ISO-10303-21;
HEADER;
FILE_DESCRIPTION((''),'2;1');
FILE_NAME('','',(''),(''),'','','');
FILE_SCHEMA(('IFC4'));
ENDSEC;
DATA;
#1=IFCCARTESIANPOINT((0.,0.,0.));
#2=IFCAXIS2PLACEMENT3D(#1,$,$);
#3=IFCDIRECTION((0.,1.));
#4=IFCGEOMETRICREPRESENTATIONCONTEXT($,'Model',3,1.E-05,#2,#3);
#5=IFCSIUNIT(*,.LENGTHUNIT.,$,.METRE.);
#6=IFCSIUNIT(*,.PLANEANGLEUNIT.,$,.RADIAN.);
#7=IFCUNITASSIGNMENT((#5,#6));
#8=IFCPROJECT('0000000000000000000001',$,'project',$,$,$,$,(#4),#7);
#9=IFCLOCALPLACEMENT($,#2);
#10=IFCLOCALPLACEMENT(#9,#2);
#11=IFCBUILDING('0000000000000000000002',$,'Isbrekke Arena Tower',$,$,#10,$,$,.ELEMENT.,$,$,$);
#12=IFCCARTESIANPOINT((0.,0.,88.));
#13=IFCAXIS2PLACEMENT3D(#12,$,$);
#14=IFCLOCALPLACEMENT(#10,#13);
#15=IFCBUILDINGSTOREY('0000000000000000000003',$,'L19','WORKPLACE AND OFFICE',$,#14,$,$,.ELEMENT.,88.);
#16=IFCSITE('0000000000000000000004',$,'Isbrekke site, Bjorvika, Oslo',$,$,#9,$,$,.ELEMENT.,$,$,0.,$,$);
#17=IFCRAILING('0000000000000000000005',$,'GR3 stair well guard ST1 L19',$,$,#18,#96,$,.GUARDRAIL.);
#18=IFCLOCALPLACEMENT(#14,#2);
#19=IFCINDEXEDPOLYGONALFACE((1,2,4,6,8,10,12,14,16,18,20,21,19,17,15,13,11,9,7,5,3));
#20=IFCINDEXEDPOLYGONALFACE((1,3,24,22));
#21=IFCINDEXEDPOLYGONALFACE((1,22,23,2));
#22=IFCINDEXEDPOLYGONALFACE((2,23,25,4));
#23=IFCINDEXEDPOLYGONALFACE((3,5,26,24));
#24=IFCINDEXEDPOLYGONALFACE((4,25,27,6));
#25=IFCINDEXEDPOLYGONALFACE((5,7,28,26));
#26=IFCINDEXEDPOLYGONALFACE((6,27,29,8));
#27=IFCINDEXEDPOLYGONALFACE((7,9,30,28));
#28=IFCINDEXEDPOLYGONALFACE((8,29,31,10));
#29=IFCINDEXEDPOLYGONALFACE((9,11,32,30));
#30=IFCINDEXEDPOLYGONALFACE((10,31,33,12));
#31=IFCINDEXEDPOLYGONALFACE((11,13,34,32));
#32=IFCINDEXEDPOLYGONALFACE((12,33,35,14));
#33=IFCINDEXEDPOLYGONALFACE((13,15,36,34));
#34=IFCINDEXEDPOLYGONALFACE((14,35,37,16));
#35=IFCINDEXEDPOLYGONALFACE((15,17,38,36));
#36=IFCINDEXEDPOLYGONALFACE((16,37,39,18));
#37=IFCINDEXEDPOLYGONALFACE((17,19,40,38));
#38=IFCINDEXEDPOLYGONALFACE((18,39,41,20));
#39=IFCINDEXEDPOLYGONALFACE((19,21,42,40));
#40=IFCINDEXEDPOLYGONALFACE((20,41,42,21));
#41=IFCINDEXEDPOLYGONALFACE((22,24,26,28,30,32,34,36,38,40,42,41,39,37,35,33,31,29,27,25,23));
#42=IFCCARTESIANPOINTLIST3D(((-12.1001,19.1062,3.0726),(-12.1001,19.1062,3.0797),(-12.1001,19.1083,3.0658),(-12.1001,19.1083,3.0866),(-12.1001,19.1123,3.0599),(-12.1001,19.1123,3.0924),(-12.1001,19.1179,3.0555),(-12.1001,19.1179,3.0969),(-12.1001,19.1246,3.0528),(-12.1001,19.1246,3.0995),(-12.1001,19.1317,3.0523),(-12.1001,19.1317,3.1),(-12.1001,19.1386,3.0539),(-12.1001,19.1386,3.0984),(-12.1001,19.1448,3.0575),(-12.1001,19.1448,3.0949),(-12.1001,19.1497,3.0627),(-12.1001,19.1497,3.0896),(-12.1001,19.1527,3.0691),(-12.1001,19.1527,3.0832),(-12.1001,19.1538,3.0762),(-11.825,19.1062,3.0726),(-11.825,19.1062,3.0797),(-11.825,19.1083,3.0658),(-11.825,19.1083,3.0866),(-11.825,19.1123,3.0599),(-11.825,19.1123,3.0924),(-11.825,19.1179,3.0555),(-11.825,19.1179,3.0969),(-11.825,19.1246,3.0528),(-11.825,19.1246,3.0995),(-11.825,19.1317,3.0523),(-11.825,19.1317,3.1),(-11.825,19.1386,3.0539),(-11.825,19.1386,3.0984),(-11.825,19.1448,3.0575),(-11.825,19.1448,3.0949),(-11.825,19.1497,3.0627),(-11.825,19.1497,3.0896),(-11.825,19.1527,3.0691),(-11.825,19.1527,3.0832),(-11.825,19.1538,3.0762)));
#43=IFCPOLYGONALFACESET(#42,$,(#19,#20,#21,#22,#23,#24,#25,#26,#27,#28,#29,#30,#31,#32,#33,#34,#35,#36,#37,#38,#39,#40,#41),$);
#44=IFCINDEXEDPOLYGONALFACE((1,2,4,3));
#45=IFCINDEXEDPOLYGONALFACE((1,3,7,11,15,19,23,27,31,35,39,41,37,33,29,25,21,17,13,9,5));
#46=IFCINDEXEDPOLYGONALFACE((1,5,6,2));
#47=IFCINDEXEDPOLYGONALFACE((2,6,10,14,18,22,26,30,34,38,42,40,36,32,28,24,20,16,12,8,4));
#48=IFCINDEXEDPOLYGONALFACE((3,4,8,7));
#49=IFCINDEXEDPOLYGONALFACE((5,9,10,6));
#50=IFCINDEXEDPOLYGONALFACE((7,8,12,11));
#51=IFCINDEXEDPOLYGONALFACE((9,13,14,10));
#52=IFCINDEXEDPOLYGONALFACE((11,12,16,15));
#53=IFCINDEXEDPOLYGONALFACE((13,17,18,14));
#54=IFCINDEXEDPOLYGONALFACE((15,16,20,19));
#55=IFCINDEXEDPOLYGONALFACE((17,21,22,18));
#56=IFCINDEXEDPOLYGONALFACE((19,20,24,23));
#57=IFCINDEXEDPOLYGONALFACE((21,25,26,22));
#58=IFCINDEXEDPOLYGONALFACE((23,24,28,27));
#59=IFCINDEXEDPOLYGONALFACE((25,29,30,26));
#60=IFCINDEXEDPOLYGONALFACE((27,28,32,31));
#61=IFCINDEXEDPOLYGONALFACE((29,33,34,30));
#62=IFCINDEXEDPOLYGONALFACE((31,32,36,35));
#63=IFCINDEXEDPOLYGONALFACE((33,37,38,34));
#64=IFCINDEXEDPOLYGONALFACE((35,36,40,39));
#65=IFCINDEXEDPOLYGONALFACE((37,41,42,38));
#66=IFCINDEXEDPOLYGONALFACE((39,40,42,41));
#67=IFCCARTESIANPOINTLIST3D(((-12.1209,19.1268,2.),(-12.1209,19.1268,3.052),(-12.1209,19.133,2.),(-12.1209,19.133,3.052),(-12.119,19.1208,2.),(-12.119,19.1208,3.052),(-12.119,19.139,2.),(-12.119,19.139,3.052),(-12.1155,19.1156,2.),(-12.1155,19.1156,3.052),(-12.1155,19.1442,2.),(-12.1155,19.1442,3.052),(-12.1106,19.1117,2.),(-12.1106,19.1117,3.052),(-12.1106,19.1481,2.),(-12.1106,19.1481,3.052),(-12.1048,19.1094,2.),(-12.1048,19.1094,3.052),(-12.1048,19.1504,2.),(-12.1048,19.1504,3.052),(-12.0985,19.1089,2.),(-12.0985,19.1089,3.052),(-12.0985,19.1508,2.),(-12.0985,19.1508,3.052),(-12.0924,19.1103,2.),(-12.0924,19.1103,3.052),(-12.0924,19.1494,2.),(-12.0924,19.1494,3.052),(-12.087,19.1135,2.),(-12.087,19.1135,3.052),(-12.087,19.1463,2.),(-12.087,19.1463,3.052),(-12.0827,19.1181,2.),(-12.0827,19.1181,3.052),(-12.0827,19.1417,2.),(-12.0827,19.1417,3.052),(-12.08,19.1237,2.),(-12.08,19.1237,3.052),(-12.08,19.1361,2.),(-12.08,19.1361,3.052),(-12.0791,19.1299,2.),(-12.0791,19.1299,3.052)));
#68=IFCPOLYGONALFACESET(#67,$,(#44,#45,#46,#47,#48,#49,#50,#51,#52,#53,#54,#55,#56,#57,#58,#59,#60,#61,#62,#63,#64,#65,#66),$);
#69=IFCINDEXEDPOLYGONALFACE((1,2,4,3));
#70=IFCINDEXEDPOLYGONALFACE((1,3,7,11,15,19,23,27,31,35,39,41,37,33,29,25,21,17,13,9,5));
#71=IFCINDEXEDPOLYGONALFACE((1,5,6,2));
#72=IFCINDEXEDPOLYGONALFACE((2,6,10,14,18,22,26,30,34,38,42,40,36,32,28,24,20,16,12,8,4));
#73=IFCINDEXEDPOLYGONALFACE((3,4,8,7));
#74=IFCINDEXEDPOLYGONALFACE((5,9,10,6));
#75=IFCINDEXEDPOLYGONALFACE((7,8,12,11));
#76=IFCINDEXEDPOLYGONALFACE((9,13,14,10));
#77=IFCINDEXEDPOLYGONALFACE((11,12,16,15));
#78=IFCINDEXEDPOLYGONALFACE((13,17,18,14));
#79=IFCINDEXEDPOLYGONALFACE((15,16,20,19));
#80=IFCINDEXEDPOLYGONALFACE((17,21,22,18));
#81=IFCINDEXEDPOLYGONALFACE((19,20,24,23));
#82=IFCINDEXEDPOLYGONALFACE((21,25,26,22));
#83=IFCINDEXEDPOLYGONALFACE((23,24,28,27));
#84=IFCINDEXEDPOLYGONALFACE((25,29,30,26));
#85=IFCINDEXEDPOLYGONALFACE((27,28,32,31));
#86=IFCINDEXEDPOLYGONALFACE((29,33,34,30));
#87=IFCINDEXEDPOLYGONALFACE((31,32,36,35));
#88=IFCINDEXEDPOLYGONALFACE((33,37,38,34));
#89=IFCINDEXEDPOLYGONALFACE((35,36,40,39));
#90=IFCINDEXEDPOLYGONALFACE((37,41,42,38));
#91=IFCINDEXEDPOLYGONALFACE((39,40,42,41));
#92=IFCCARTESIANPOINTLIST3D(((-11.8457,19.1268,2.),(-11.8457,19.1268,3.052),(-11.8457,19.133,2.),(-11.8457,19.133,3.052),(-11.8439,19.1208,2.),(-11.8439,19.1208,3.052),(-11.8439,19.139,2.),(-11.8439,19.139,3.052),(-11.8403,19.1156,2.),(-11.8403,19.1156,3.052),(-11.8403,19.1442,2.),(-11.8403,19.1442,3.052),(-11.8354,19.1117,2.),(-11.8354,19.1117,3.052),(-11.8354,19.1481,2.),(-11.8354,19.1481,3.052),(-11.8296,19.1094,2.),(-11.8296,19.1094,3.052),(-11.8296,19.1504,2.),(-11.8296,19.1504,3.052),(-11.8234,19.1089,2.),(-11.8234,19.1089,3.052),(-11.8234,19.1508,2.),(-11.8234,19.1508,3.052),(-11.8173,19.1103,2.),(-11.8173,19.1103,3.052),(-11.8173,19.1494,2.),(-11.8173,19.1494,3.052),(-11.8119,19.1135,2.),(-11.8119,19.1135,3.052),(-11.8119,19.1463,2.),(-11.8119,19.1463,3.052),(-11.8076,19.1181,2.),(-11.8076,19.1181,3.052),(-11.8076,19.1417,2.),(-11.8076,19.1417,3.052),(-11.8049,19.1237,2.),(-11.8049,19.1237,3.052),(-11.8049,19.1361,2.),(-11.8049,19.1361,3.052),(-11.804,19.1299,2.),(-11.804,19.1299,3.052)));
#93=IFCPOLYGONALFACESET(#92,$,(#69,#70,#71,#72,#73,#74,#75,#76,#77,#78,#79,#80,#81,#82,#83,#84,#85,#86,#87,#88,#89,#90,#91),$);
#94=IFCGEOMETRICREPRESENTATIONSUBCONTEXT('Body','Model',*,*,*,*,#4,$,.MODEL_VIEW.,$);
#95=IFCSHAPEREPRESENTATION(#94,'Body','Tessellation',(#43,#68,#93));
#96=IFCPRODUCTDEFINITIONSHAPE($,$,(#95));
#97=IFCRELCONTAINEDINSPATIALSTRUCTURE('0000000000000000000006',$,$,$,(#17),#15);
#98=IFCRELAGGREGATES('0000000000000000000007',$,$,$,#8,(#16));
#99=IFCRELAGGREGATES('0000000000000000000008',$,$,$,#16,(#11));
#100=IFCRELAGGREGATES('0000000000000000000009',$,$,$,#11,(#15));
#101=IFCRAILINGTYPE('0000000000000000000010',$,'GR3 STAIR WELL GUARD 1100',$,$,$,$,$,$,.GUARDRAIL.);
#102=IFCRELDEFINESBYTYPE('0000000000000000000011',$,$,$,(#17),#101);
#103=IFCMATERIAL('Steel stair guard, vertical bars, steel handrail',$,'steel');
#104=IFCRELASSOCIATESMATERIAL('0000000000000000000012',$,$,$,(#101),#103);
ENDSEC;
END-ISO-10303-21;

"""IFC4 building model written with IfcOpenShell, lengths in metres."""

from ifc_helpers import new_model, si_unit, direction, frame, origin, origin_2d, place, context, subcontext, project, spatial, circle, extrude, material, type_object, element, save


model = new_model("IFC4")

# Units and contexts
model_context = context("Model", 3, precision=1e-05, world=origin(), true_north=direction((0.0, 1.0)))
body_context = subcontext(model_context, "Body", "Model", "MODEL_VIEW")
ifc_project = project(units=[si_unit("LENGTHUNIT", "METRE"), si_unit("PLANEANGLEUNIT", "RADIAN")], contexts=[model_context])

# Site, building, storey
site_placement = place(None, origin())
site = spatial("IfcSite", under=ifc_project, at=site_placement, Name="Isbrekke site, Bjorvika, Oslo", CompositionType="ELEMENT", RefElevation=0.0)
building_placement = place(site_placement, origin())
building = spatial("IfcBuilding", under=site, at=building_placement, Name="Isbrekke Arena Tower", CompositionType="ELEMENT")
storey_placement = place(building_placement, frame((0.0, 0.0, 88.0)))
storey = spatial("IfcBuildingStorey", under=building, at=storey_placement, Name="L19", Description="WORKPLACE AND OFFICE", CompositionType="ELEMENT", Elevation=88.0)

# Railing
ifc_material_1 = material(Name="Steel stair guard, vertical bars, steel handrail", Category="steel")
railing_type = type_object("IfcRailingType", Name="GR3 STAIR WELL GUARD 1100", PredefinedType="GUARDRAIL", material=ifc_material_1)
for number, where, name in (
    (1, (-12.1001, 19.1299, 2.0), "GR3 stair well guard ST1 L19"),
):
    element("IfcRailing", number, at=place(storey_placement, frame(where)), inside=storey, type_object=railing_type, Name=name, PredefinedType="GUARDRAIL", context=body_context, shape_type="SweptSolid", body=[
        extrude(circle(Radius=0.0239, at=origin_2d()), frame((0.0, 0.0, 1.0762), z_axis=(1.0, 0.0, 0.0), x_axis=(0.0, 1.0, 0.0)), (0.0, 0.0, 1.0), 0.2751),
        extrude(circle(Radius=0.021, at=origin_2d()), origin(), (0.0, 0.0, 1.0), 1.052),
        extrude(circle(Radius=0.021, at=origin_2d()), frame((0.2751, 0.0, 0.0)), (0.0, 0.0, 1.0), 1.052),
    ])

save(model, "model.ifc")
